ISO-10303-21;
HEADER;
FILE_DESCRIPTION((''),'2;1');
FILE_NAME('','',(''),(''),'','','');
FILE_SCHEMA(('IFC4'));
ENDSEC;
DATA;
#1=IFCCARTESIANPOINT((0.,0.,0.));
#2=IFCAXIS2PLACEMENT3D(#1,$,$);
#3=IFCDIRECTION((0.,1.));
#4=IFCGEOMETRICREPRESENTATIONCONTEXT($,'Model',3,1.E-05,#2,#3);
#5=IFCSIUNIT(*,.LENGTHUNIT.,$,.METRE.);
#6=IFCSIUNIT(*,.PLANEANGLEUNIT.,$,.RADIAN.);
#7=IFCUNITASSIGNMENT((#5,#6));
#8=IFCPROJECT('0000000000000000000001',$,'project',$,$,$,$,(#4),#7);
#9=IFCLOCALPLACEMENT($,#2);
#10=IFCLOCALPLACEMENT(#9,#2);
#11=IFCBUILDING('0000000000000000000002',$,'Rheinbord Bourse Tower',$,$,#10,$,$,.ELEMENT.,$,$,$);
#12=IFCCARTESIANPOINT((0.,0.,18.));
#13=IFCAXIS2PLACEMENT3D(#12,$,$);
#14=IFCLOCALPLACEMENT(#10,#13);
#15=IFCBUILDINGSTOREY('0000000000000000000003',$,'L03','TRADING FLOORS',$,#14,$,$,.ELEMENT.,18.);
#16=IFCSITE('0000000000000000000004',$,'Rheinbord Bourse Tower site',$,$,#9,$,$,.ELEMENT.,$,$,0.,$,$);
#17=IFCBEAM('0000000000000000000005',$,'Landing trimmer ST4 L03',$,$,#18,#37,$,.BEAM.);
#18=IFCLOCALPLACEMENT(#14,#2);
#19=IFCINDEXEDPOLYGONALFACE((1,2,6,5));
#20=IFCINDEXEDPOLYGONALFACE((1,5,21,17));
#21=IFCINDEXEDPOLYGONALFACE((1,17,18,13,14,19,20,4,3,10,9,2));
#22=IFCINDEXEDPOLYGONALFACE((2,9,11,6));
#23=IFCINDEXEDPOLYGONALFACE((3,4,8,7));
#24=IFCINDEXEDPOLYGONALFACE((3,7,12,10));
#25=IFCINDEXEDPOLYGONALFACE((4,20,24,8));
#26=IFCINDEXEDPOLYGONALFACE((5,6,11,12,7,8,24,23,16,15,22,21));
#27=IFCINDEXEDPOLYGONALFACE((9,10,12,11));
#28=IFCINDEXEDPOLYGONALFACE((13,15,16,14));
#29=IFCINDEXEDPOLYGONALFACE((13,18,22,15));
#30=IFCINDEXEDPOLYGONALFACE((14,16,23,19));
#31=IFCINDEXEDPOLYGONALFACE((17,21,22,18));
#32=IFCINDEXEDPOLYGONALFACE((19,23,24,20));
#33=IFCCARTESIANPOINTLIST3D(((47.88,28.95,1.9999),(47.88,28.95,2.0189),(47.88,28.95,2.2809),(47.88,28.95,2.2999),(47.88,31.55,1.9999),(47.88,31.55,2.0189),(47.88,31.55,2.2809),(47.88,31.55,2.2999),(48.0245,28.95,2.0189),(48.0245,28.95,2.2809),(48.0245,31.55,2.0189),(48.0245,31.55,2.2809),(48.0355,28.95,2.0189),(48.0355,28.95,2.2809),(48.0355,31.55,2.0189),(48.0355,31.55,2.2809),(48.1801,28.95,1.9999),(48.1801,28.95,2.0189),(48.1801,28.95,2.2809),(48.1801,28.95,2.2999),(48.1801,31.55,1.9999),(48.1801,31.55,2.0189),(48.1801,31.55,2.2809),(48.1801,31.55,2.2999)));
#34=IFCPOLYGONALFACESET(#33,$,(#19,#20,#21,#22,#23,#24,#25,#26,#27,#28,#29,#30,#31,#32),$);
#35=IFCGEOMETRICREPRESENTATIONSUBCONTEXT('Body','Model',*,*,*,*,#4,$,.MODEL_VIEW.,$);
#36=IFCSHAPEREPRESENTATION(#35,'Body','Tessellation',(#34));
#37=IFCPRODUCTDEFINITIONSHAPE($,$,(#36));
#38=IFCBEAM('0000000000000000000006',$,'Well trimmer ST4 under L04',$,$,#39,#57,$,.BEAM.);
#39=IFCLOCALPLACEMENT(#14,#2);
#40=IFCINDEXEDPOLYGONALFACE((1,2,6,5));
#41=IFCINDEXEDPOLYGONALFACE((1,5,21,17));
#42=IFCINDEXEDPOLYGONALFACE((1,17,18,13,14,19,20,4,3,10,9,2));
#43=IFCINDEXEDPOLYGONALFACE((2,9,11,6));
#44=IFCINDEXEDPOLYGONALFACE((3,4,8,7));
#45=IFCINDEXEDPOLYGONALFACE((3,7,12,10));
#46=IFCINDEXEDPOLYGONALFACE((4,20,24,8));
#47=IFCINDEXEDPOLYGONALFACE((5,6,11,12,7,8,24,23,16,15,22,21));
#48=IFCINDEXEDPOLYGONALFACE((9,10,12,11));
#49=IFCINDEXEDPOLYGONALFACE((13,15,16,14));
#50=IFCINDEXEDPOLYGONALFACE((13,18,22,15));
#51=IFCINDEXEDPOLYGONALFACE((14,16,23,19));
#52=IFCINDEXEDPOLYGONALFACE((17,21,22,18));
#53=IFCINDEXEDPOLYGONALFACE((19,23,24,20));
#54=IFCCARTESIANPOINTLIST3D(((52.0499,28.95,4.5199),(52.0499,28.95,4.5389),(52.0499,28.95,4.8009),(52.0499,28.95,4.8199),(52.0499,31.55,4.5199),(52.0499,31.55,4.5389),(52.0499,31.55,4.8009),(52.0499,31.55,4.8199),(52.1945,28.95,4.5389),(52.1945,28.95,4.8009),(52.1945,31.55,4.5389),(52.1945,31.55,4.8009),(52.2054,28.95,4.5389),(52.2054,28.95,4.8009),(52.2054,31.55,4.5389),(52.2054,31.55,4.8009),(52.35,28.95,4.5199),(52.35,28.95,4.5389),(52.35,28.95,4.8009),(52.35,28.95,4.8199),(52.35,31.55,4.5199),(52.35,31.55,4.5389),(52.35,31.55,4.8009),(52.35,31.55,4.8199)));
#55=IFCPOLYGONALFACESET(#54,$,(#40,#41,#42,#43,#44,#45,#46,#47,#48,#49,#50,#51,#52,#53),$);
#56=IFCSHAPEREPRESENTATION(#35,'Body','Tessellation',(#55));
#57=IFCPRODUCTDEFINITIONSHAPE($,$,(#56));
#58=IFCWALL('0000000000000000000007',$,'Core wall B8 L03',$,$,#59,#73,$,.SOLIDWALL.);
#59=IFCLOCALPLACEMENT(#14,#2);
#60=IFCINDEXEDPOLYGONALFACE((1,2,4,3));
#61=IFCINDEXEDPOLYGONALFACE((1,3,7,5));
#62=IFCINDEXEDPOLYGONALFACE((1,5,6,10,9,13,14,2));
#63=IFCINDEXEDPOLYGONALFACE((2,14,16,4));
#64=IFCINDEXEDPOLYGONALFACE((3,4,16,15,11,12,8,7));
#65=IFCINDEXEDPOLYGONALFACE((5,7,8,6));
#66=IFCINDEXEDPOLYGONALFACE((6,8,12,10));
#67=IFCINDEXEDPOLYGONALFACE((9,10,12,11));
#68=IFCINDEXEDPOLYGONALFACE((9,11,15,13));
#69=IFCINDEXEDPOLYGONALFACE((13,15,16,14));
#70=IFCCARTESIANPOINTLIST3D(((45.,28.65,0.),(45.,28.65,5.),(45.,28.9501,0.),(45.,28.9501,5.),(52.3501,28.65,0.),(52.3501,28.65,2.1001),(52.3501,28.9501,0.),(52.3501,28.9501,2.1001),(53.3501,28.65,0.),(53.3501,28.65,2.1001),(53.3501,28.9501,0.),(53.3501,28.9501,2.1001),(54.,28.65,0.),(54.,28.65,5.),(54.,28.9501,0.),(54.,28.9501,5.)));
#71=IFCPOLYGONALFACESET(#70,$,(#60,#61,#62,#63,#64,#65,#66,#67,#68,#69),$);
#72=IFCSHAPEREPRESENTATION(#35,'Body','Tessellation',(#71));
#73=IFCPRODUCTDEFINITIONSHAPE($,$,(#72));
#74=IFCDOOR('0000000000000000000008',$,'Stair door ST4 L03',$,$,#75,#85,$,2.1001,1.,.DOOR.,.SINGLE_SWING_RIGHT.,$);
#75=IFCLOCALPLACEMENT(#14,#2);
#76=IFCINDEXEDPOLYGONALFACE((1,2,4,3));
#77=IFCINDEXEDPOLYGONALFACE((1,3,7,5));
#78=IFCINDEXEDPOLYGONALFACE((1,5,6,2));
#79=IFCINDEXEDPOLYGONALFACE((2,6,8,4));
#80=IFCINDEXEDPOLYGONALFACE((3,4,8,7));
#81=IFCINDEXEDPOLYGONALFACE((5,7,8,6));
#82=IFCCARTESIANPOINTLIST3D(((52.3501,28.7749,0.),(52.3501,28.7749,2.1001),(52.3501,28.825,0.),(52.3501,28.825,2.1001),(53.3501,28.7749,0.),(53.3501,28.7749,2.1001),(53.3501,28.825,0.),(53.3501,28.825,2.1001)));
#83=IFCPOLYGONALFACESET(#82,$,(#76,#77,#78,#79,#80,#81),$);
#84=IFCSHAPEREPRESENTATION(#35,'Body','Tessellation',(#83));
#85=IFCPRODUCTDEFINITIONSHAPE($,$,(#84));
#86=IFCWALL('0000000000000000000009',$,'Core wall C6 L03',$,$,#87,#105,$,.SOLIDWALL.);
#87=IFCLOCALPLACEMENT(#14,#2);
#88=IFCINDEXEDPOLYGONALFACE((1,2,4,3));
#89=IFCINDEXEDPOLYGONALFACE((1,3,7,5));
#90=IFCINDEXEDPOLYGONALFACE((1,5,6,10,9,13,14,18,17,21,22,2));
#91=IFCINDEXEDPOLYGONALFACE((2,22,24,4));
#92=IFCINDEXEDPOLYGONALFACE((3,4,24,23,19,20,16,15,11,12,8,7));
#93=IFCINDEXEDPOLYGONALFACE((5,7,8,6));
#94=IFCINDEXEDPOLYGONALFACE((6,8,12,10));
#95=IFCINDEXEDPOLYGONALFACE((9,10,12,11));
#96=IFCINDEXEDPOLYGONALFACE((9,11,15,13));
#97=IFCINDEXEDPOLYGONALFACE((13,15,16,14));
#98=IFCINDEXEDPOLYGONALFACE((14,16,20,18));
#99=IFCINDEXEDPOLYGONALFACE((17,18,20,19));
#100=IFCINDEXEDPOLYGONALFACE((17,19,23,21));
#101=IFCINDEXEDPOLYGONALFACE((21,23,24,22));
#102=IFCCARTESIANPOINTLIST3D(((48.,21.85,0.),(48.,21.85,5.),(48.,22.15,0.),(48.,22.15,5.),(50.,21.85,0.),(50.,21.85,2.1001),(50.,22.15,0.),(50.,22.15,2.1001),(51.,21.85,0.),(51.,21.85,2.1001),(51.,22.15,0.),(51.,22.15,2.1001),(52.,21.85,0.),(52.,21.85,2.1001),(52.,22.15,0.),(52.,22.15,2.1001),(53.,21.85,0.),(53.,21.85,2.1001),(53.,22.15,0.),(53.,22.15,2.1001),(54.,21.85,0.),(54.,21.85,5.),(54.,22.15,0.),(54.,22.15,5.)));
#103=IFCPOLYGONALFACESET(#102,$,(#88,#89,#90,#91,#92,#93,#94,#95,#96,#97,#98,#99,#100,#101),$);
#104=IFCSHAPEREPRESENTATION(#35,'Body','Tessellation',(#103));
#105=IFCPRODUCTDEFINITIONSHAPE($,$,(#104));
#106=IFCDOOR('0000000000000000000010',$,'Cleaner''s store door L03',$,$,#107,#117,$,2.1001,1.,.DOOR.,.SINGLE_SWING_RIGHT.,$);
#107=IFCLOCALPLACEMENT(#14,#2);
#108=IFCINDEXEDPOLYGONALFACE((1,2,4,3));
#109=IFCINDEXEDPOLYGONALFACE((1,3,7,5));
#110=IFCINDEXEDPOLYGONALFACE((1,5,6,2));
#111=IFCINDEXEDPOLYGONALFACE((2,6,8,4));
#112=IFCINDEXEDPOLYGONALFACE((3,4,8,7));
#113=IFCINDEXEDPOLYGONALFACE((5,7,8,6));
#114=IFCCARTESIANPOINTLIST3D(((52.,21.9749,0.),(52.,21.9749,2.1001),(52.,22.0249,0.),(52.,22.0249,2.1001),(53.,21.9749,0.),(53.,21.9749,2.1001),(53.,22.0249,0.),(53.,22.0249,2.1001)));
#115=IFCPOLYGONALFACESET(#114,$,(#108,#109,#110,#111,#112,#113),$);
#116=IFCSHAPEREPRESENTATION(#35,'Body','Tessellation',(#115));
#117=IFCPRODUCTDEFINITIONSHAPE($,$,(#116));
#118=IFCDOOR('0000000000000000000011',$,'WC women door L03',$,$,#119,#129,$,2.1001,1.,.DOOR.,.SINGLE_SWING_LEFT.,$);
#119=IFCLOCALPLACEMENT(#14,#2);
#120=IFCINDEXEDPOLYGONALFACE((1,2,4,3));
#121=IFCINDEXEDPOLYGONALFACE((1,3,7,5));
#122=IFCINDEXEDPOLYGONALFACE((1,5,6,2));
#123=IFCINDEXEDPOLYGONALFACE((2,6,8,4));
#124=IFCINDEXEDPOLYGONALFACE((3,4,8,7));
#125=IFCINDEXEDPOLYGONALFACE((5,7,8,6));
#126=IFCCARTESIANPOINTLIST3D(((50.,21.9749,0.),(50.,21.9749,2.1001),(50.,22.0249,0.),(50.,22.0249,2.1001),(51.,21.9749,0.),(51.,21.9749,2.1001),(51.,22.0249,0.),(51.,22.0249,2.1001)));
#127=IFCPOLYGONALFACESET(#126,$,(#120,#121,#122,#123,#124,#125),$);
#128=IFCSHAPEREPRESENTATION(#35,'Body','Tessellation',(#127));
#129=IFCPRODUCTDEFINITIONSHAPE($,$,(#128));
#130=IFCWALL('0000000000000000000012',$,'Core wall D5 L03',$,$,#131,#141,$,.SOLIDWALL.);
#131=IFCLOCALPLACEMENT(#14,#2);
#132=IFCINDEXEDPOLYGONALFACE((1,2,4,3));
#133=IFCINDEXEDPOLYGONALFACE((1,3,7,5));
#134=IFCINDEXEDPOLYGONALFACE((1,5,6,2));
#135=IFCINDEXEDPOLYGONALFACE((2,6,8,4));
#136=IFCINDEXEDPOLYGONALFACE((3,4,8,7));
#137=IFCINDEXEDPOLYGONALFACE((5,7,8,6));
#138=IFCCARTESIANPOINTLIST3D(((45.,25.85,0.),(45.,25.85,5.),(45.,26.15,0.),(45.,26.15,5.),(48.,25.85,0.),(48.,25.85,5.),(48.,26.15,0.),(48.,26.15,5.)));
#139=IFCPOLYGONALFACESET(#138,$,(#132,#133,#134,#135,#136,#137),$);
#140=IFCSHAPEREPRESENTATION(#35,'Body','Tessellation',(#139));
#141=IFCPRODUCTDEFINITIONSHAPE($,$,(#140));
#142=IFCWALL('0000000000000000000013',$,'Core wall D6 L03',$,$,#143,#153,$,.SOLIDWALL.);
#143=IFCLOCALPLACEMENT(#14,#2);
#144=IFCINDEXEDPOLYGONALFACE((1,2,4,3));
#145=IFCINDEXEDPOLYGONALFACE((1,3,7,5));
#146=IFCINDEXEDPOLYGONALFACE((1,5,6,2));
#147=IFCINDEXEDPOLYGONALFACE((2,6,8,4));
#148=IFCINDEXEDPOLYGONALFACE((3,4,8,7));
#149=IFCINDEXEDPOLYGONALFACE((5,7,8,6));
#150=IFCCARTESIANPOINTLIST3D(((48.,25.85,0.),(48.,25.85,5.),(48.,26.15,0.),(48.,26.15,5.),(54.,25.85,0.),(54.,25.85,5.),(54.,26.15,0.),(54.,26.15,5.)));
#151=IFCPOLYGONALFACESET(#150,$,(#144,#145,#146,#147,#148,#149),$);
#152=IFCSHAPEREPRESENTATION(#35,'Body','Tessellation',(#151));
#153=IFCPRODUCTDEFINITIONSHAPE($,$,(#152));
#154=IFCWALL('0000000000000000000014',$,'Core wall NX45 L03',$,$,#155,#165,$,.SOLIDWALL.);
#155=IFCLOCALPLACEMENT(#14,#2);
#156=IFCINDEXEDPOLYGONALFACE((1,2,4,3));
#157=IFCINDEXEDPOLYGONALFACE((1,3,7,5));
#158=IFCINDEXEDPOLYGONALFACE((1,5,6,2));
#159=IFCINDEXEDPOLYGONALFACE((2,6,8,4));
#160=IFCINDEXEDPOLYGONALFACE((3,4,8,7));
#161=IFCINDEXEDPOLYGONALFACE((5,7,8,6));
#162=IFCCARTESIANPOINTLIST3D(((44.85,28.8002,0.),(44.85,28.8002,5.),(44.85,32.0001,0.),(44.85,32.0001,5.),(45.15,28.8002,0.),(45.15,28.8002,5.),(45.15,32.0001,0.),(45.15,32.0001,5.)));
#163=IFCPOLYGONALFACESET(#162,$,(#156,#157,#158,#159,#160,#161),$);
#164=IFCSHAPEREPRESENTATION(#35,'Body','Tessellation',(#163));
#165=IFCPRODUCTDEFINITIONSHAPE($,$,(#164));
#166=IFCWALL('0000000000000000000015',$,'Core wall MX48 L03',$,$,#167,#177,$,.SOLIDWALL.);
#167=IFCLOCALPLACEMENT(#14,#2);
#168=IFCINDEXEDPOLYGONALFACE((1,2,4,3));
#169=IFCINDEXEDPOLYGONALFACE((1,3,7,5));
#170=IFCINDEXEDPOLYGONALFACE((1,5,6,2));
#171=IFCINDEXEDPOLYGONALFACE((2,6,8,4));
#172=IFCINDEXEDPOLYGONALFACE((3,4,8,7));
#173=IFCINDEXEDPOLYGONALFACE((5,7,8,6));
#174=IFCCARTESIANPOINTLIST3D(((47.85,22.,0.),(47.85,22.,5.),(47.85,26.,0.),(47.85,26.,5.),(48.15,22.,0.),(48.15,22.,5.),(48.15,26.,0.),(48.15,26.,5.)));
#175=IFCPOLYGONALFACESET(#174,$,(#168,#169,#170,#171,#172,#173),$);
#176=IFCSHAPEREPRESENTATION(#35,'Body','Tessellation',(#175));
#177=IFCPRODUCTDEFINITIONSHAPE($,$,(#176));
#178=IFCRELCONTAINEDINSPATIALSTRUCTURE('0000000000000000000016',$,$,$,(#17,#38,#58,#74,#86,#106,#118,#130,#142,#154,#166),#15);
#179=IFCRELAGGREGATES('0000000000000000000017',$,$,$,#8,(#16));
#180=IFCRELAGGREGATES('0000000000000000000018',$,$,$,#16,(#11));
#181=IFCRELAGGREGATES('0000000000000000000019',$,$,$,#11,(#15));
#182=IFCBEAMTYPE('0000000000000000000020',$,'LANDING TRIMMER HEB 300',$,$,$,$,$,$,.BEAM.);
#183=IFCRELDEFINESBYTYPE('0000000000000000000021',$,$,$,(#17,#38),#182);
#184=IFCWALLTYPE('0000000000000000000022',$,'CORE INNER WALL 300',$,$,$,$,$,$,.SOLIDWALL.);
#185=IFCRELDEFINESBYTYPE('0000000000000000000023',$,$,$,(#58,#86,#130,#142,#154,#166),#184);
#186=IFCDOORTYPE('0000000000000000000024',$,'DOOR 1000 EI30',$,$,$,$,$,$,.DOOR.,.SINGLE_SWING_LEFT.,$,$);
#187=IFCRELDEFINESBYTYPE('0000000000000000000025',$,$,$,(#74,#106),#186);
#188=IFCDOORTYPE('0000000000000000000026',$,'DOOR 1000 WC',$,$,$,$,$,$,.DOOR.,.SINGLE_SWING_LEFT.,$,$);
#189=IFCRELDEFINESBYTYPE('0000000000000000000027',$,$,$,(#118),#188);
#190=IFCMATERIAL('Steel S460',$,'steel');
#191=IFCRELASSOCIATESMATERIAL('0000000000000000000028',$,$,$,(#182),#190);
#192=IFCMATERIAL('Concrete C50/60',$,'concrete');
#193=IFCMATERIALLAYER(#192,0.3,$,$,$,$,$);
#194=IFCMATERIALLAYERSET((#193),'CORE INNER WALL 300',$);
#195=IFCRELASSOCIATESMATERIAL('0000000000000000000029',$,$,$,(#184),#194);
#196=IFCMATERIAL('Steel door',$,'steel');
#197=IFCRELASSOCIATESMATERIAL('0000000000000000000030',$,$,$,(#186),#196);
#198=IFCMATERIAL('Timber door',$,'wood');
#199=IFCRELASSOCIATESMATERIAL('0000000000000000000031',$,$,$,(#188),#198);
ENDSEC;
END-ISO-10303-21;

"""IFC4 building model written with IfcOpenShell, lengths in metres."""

from ifc_helpers import new_model, si_unit, direction, frame, frame_2d, origin, origin_2d, place, context, subcontext, project, spatial, rectangle, i_section, extrude, material, layer, layer_set, material_profile, profile_set, type_object, element, fill, save


model = new_model("IFC4")

# Units and contexts
model_context = context("Model", 3, precision=1e-05, world=origin(), true_north=direction((0.0, 1.0)))
body_context = subcontext(model_context, "Body", "Model", "MODEL_VIEW")
ifc_project = project(units=[si_unit("LENGTHUNIT", "METRE"), si_unit("PLANEANGLEUNIT", "RADIAN")], contexts=[model_context])

# Site, building, storey
site_placement = place(None, origin())
site = spatial("IfcSite", under=ifc_project, at=site_placement, Name="Rheinbord Bourse Tower site", CompositionType="ELEMENT", RefElevation=0.0)
building_placement = place(site_placement, origin())
building = spatial("IfcBuilding", under=site, at=building_placement, Name="Rheinbord Bourse Tower", CompositionType="ELEMENT")
storey_placement = place(building_placement, frame((0.0, 0.0, 18.0)))
storey = spatial("IfcBuildingStorey", under=building, at=storey_placement, Name="L03", Description="TRADING FLOORS", CompositionType="ELEMENT", Elevation=18.0)

# Beams
ifc_material_1 = material(Name="Steel S460", Category="steel")
ifc_material_profile = material_profile(ifc_material_1, i_section(OverallWidth=0.3, OverallDepth=0.3, WebThickness=0.011, FlangeThickness=0.019, at=origin_2d()), Name="HEB 300")
ifc_profile_set = profile_set([ifc_material_profile], Name="Steel S460")
beam_type = type_object("IfcBeamType", Name="LANDING TRIMMER HEB 300", PredefinedType="BEAM", material=ifc_profile_set)
for number, where, z_axis, x_axis, name in (
    (1, (48.03, 28.95, 2.1499), (0.0, 1.0, 0.0), (-1.0, 0.0, 0.0), "Landing trimmer ST4 L03"),
    (2, (52.2, 28.95, 4.6699), (0.0, 1.0, 0.0), (-1.0, 0.0, 0.0), "Well trimmer ST4 under L04"),
):
    element("IfcBeam", number, at=place(storey_placement, frame(where, z_axis=z_axis, x_axis=x_axis)), inside=storey, type_object=beam_type, Name=name, PredefinedType="BEAM", context=body_context, shape_type="SweptSolid", body=[
        extrude(i_section(OverallWidth=0.3, OverallDepth=0.3, WebThickness=0.011, FlangeThickness=0.019, at=origin_2d()), origin(), (0.0, 0.0, 1.0), 2.6001),
    ])

# Wall, opening, door
ifc_material_2 = material(Name="Concrete C50/60", Category="concrete")
ifc_layer_1 = layer(ifc_material_2, 0.3)
ifc_layer_set_1 = layer_set([ifc_layer_1], Name="CORE INNER WALL 300")
wall_type_1 = type_object("IfcWallType", Name="CORE INNER WALL 300", PredefinedType="SOLIDWALL", material=ifc_layer_set_1)
wall_1_placement = place(storey_placement, frame((45.0, 28.8, 0.0), z_axis=(0.0, 0.0, 1.0), x_axis=(1.0, 0.0, 0.0)))
wall_1 = element("IfcWall", 3, at=wall_1_placement, inside=storey, type_object=wall_type_1, Name="Core wall B8 L03", PredefinedType="SOLIDWALL", context=body_context, shape_type="SweptSolid", body=[
    extrude(rectangle(XDim=9.0, YDim=0.3, at=frame_2d((4.5, 0.0))), origin(), (0.0, 0.0, 1.0), 5.0),
])
opening_1_placement = place(wall_1_placement, frame((7.3501, 0.0, 0.0)))
opening_1 = element("IfcOpeningElement", 4, at=opening_1_placement, cuts=wall_1, PredefinedType="OPENING", context=body_context, shape_type="SweptSolid", body=[
    extrude(rectangle(XDim=1.0, YDim=2.1001, at=frame_2d((0.5, 1.05))), frame((0.0, 0.1599, 0.0), z_axis=(0.0, -1.0, 0.0), x_axis=(1.0, 0.0, 0.0)), (0.0, 0.0, 1.0), 0.3201),
])
ifc_material_3 = material(Name="Steel door", Category="steel")
door_type_1 = type_object("IfcDoorType", Name="DOOR 1000 EI30", OperationType="SINGLE_SWING_LEFT", PredefinedType="DOOR", material=ifc_material_3)
door_1_placement = place(opening_1_placement, origin())
door_1 = element("IfcDoor", 5, at=door_1_placement, inside=storey, type_object=door_type_1, Name="Stair door ST4 L03", OperationType="SINGLE_SWING_RIGHT", OverallHeight=2.1001, OverallWidth=1.0, PredefinedType="DOOR", context=body_context, shape_type="SweptSolid", body=[
    extrude(rectangle(XDim=1.0, YDim=2.1001, at=frame_2d((0.5, 1.05))), frame((0.0, 0.0249, 0.0), z_axis=(0.0, -1.0, 0.0), x_axis=(1.0, 0.0, 0.0)), (0.0, 0.0, 1.0), 0.05),
])
fill(opening_1, door_1)

# Wall, openings, doors
wall_2_placement = place(storey_placement, frame((48.0, 22.0, 0.0), z_axis=(0.0, 0.0, 1.0), x_axis=(1.0, 0.0, 0.0)))
wall_2 = element("IfcWall", 6, at=wall_2_placement, inside=storey, type_object=wall_type_1, Name="Core wall C6 L03", PredefinedType="SOLIDWALL", context=body_context, shape_type="SweptSolid", body=[
    extrude(rectangle(XDim=6.0, YDim=0.3, at=frame_2d((3.0, 0.0))), origin(), (0.0, 0.0, 1.0), 5.0),
])
opening_2_placement = place(wall_2_placement, frame((2.0, 0.0, 0.0)))
opening_2 = element("IfcOpeningElement", 7, at=opening_2_placement, cuts=wall_2, PredefinedType="OPENING", context=body_context, shape_type="SweptSolid", body=[
    extrude(rectangle(XDim=1.0, YDim=2.1001, at=frame_2d((0.5, 1.05))), frame((0.0, 0.1599, 0.0), z_axis=(0.0, -1.0, 0.0), x_axis=(1.0, 0.0, 0.0)), (0.0, 0.0, 1.0), 0.3201),
])
opening_3_placement = place(wall_2_placement, frame((4.0, 0.0, 0.0)))
opening_3 = element("IfcOpeningElement", 8, at=opening_3_placement, cuts=wall_2, PredefinedType="OPENING", context=body_context, shape_type="SweptSolid", body=[
    extrude(rectangle(XDim=1.0, YDim=2.1001, at=frame_2d((0.5, 1.05))), frame((0.0, 0.1599, 0.0), z_axis=(0.0, -1.0, 0.0), x_axis=(1.0, 0.0, 0.0)), (0.0, 0.0, 1.0), 0.3201),
])
door_2_placement = place(opening_3_placement, origin())
door_2 = element("IfcDoor", 9, at=door_2_placement, inside=storey, type_object=door_type_1, Name="Cleaner's store door L03", OperationType="SINGLE_SWING_RIGHT", OverallHeight=2.1001, OverallWidth=1.0, PredefinedType="DOOR", context=body_context, shape_type="SweptSolid", body=[
    extrude(rectangle(XDim=1.0, YDim=2.1001, at=frame_2d((0.5, 1.05))), frame((0.0, 0.0249, 0.0), z_axis=(0.0, -1.0, 0.0), x_axis=(1.0, 0.0, 0.0)), (0.0, 0.0, 1.0), 0.05),
])
fill(opening_3, door_2)
ifc_material_4 = material(Name="Timber door", Category="wood")
door_type_2 = type_object("IfcDoorType", Name="DOOR 1000 WC", OperationType="SINGLE_SWING_LEFT", PredefinedType="DOOR", material=ifc_material_4)
door_3_placement = place(opening_2_placement, origin())
door_3 = element("IfcDoor", 10, at=door_3_placement, inside=storey, type_object=door_type_2, Name="WC women door L03", OperationType="SINGLE_SWING_LEFT", OverallHeight=2.1001, OverallWidth=1.0, PredefinedType="DOOR", context=body_context, shape_type="SweptSolid", body=[
    extrude(rectangle(XDim=1.0, YDim=2.1001, at=frame_2d((0.5, 1.05))), frame((0.0, 0.0249, 0.0), z_axis=(0.0, -1.0, 0.0), x_axis=(1.0, 0.0, 0.0)), (0.0, 0.0, 1.0), 0.05),
])
fill(opening_2, door_3)

# Walls
wall_3_placement = place(storey_placement, frame((45.0, 26.0, 0.0), z_axis=(0.0, 0.0, 1.0), x_axis=(1.0, 0.0, 0.0)))
element("IfcWall", 11, at=wall_3_placement, inside=storey, type_object=wall_type_1, Name="Core wall D5 L03", PredefinedType="SOLIDWALL", context=body_context, shape_type="SweptSolid", body=[
    extrude(rectangle(XDim=3.0, YDim=0.3, at=frame_2d((1.5, 0.0))), origin(), (0.0, 0.0, 1.0), 5.0),
])
wall_4_placement = place(storey_placement, frame((48.0, 26.0, 0.0), z_axis=(0.0, 0.0, 1.0), x_axis=(1.0, 0.0, 0.0)))
element("IfcWall", 12, at=wall_4_placement, inside=storey, type_object=wall_type_1, Name="Core wall D6 L03", PredefinedType="SOLIDWALL", context=body_context, shape_type="SweptSolid", body=[
    extrude(rectangle(XDim=6.0, YDim=0.3, at=frame_2d((3.0, 0.0))), origin(), (0.0, 0.0, 1.0), 5.0),
])
wall_5_placement = place(storey_placement, frame((45.0, 28.8, 0.0), z_axis=(0.0, 0.0, 1.0), x_axis=(0.0, 1.0, 0.0)))
element("IfcWall", 13, at=wall_5_placement, inside=storey, type_object=wall_type_1, Name="Core wall NX45 L03", PredefinedType="SOLIDWALL", context=body_context, shape_type="SweptSolid", body=[
    extrude(rectangle(XDim=3.2, YDim=0.3, at=frame_2d((1.6001, 0.0))), origin(), (0.0, 0.0, 1.0), 5.0),
])
wall_6_placement = place(storey_placement, frame((48.0, 22.0, 0.0), z_axis=(0.0, 0.0, 1.0), x_axis=(0.0, 1.0, 0.0)))
element("IfcWall", 14, at=wall_6_placement, inside=storey, type_object=wall_type_1, Name="Core wall MX48 L03", PredefinedType="SOLIDWALL", context=body_context, shape_type="SweptSolid", body=[
    extrude(rectangle(XDim=4.0, YDim=0.3, at=frame_2d((2.0, 0.0))), origin(), (0.0, 0.0, 1.0), 5.0),
])

save(model, "model.ifc")
